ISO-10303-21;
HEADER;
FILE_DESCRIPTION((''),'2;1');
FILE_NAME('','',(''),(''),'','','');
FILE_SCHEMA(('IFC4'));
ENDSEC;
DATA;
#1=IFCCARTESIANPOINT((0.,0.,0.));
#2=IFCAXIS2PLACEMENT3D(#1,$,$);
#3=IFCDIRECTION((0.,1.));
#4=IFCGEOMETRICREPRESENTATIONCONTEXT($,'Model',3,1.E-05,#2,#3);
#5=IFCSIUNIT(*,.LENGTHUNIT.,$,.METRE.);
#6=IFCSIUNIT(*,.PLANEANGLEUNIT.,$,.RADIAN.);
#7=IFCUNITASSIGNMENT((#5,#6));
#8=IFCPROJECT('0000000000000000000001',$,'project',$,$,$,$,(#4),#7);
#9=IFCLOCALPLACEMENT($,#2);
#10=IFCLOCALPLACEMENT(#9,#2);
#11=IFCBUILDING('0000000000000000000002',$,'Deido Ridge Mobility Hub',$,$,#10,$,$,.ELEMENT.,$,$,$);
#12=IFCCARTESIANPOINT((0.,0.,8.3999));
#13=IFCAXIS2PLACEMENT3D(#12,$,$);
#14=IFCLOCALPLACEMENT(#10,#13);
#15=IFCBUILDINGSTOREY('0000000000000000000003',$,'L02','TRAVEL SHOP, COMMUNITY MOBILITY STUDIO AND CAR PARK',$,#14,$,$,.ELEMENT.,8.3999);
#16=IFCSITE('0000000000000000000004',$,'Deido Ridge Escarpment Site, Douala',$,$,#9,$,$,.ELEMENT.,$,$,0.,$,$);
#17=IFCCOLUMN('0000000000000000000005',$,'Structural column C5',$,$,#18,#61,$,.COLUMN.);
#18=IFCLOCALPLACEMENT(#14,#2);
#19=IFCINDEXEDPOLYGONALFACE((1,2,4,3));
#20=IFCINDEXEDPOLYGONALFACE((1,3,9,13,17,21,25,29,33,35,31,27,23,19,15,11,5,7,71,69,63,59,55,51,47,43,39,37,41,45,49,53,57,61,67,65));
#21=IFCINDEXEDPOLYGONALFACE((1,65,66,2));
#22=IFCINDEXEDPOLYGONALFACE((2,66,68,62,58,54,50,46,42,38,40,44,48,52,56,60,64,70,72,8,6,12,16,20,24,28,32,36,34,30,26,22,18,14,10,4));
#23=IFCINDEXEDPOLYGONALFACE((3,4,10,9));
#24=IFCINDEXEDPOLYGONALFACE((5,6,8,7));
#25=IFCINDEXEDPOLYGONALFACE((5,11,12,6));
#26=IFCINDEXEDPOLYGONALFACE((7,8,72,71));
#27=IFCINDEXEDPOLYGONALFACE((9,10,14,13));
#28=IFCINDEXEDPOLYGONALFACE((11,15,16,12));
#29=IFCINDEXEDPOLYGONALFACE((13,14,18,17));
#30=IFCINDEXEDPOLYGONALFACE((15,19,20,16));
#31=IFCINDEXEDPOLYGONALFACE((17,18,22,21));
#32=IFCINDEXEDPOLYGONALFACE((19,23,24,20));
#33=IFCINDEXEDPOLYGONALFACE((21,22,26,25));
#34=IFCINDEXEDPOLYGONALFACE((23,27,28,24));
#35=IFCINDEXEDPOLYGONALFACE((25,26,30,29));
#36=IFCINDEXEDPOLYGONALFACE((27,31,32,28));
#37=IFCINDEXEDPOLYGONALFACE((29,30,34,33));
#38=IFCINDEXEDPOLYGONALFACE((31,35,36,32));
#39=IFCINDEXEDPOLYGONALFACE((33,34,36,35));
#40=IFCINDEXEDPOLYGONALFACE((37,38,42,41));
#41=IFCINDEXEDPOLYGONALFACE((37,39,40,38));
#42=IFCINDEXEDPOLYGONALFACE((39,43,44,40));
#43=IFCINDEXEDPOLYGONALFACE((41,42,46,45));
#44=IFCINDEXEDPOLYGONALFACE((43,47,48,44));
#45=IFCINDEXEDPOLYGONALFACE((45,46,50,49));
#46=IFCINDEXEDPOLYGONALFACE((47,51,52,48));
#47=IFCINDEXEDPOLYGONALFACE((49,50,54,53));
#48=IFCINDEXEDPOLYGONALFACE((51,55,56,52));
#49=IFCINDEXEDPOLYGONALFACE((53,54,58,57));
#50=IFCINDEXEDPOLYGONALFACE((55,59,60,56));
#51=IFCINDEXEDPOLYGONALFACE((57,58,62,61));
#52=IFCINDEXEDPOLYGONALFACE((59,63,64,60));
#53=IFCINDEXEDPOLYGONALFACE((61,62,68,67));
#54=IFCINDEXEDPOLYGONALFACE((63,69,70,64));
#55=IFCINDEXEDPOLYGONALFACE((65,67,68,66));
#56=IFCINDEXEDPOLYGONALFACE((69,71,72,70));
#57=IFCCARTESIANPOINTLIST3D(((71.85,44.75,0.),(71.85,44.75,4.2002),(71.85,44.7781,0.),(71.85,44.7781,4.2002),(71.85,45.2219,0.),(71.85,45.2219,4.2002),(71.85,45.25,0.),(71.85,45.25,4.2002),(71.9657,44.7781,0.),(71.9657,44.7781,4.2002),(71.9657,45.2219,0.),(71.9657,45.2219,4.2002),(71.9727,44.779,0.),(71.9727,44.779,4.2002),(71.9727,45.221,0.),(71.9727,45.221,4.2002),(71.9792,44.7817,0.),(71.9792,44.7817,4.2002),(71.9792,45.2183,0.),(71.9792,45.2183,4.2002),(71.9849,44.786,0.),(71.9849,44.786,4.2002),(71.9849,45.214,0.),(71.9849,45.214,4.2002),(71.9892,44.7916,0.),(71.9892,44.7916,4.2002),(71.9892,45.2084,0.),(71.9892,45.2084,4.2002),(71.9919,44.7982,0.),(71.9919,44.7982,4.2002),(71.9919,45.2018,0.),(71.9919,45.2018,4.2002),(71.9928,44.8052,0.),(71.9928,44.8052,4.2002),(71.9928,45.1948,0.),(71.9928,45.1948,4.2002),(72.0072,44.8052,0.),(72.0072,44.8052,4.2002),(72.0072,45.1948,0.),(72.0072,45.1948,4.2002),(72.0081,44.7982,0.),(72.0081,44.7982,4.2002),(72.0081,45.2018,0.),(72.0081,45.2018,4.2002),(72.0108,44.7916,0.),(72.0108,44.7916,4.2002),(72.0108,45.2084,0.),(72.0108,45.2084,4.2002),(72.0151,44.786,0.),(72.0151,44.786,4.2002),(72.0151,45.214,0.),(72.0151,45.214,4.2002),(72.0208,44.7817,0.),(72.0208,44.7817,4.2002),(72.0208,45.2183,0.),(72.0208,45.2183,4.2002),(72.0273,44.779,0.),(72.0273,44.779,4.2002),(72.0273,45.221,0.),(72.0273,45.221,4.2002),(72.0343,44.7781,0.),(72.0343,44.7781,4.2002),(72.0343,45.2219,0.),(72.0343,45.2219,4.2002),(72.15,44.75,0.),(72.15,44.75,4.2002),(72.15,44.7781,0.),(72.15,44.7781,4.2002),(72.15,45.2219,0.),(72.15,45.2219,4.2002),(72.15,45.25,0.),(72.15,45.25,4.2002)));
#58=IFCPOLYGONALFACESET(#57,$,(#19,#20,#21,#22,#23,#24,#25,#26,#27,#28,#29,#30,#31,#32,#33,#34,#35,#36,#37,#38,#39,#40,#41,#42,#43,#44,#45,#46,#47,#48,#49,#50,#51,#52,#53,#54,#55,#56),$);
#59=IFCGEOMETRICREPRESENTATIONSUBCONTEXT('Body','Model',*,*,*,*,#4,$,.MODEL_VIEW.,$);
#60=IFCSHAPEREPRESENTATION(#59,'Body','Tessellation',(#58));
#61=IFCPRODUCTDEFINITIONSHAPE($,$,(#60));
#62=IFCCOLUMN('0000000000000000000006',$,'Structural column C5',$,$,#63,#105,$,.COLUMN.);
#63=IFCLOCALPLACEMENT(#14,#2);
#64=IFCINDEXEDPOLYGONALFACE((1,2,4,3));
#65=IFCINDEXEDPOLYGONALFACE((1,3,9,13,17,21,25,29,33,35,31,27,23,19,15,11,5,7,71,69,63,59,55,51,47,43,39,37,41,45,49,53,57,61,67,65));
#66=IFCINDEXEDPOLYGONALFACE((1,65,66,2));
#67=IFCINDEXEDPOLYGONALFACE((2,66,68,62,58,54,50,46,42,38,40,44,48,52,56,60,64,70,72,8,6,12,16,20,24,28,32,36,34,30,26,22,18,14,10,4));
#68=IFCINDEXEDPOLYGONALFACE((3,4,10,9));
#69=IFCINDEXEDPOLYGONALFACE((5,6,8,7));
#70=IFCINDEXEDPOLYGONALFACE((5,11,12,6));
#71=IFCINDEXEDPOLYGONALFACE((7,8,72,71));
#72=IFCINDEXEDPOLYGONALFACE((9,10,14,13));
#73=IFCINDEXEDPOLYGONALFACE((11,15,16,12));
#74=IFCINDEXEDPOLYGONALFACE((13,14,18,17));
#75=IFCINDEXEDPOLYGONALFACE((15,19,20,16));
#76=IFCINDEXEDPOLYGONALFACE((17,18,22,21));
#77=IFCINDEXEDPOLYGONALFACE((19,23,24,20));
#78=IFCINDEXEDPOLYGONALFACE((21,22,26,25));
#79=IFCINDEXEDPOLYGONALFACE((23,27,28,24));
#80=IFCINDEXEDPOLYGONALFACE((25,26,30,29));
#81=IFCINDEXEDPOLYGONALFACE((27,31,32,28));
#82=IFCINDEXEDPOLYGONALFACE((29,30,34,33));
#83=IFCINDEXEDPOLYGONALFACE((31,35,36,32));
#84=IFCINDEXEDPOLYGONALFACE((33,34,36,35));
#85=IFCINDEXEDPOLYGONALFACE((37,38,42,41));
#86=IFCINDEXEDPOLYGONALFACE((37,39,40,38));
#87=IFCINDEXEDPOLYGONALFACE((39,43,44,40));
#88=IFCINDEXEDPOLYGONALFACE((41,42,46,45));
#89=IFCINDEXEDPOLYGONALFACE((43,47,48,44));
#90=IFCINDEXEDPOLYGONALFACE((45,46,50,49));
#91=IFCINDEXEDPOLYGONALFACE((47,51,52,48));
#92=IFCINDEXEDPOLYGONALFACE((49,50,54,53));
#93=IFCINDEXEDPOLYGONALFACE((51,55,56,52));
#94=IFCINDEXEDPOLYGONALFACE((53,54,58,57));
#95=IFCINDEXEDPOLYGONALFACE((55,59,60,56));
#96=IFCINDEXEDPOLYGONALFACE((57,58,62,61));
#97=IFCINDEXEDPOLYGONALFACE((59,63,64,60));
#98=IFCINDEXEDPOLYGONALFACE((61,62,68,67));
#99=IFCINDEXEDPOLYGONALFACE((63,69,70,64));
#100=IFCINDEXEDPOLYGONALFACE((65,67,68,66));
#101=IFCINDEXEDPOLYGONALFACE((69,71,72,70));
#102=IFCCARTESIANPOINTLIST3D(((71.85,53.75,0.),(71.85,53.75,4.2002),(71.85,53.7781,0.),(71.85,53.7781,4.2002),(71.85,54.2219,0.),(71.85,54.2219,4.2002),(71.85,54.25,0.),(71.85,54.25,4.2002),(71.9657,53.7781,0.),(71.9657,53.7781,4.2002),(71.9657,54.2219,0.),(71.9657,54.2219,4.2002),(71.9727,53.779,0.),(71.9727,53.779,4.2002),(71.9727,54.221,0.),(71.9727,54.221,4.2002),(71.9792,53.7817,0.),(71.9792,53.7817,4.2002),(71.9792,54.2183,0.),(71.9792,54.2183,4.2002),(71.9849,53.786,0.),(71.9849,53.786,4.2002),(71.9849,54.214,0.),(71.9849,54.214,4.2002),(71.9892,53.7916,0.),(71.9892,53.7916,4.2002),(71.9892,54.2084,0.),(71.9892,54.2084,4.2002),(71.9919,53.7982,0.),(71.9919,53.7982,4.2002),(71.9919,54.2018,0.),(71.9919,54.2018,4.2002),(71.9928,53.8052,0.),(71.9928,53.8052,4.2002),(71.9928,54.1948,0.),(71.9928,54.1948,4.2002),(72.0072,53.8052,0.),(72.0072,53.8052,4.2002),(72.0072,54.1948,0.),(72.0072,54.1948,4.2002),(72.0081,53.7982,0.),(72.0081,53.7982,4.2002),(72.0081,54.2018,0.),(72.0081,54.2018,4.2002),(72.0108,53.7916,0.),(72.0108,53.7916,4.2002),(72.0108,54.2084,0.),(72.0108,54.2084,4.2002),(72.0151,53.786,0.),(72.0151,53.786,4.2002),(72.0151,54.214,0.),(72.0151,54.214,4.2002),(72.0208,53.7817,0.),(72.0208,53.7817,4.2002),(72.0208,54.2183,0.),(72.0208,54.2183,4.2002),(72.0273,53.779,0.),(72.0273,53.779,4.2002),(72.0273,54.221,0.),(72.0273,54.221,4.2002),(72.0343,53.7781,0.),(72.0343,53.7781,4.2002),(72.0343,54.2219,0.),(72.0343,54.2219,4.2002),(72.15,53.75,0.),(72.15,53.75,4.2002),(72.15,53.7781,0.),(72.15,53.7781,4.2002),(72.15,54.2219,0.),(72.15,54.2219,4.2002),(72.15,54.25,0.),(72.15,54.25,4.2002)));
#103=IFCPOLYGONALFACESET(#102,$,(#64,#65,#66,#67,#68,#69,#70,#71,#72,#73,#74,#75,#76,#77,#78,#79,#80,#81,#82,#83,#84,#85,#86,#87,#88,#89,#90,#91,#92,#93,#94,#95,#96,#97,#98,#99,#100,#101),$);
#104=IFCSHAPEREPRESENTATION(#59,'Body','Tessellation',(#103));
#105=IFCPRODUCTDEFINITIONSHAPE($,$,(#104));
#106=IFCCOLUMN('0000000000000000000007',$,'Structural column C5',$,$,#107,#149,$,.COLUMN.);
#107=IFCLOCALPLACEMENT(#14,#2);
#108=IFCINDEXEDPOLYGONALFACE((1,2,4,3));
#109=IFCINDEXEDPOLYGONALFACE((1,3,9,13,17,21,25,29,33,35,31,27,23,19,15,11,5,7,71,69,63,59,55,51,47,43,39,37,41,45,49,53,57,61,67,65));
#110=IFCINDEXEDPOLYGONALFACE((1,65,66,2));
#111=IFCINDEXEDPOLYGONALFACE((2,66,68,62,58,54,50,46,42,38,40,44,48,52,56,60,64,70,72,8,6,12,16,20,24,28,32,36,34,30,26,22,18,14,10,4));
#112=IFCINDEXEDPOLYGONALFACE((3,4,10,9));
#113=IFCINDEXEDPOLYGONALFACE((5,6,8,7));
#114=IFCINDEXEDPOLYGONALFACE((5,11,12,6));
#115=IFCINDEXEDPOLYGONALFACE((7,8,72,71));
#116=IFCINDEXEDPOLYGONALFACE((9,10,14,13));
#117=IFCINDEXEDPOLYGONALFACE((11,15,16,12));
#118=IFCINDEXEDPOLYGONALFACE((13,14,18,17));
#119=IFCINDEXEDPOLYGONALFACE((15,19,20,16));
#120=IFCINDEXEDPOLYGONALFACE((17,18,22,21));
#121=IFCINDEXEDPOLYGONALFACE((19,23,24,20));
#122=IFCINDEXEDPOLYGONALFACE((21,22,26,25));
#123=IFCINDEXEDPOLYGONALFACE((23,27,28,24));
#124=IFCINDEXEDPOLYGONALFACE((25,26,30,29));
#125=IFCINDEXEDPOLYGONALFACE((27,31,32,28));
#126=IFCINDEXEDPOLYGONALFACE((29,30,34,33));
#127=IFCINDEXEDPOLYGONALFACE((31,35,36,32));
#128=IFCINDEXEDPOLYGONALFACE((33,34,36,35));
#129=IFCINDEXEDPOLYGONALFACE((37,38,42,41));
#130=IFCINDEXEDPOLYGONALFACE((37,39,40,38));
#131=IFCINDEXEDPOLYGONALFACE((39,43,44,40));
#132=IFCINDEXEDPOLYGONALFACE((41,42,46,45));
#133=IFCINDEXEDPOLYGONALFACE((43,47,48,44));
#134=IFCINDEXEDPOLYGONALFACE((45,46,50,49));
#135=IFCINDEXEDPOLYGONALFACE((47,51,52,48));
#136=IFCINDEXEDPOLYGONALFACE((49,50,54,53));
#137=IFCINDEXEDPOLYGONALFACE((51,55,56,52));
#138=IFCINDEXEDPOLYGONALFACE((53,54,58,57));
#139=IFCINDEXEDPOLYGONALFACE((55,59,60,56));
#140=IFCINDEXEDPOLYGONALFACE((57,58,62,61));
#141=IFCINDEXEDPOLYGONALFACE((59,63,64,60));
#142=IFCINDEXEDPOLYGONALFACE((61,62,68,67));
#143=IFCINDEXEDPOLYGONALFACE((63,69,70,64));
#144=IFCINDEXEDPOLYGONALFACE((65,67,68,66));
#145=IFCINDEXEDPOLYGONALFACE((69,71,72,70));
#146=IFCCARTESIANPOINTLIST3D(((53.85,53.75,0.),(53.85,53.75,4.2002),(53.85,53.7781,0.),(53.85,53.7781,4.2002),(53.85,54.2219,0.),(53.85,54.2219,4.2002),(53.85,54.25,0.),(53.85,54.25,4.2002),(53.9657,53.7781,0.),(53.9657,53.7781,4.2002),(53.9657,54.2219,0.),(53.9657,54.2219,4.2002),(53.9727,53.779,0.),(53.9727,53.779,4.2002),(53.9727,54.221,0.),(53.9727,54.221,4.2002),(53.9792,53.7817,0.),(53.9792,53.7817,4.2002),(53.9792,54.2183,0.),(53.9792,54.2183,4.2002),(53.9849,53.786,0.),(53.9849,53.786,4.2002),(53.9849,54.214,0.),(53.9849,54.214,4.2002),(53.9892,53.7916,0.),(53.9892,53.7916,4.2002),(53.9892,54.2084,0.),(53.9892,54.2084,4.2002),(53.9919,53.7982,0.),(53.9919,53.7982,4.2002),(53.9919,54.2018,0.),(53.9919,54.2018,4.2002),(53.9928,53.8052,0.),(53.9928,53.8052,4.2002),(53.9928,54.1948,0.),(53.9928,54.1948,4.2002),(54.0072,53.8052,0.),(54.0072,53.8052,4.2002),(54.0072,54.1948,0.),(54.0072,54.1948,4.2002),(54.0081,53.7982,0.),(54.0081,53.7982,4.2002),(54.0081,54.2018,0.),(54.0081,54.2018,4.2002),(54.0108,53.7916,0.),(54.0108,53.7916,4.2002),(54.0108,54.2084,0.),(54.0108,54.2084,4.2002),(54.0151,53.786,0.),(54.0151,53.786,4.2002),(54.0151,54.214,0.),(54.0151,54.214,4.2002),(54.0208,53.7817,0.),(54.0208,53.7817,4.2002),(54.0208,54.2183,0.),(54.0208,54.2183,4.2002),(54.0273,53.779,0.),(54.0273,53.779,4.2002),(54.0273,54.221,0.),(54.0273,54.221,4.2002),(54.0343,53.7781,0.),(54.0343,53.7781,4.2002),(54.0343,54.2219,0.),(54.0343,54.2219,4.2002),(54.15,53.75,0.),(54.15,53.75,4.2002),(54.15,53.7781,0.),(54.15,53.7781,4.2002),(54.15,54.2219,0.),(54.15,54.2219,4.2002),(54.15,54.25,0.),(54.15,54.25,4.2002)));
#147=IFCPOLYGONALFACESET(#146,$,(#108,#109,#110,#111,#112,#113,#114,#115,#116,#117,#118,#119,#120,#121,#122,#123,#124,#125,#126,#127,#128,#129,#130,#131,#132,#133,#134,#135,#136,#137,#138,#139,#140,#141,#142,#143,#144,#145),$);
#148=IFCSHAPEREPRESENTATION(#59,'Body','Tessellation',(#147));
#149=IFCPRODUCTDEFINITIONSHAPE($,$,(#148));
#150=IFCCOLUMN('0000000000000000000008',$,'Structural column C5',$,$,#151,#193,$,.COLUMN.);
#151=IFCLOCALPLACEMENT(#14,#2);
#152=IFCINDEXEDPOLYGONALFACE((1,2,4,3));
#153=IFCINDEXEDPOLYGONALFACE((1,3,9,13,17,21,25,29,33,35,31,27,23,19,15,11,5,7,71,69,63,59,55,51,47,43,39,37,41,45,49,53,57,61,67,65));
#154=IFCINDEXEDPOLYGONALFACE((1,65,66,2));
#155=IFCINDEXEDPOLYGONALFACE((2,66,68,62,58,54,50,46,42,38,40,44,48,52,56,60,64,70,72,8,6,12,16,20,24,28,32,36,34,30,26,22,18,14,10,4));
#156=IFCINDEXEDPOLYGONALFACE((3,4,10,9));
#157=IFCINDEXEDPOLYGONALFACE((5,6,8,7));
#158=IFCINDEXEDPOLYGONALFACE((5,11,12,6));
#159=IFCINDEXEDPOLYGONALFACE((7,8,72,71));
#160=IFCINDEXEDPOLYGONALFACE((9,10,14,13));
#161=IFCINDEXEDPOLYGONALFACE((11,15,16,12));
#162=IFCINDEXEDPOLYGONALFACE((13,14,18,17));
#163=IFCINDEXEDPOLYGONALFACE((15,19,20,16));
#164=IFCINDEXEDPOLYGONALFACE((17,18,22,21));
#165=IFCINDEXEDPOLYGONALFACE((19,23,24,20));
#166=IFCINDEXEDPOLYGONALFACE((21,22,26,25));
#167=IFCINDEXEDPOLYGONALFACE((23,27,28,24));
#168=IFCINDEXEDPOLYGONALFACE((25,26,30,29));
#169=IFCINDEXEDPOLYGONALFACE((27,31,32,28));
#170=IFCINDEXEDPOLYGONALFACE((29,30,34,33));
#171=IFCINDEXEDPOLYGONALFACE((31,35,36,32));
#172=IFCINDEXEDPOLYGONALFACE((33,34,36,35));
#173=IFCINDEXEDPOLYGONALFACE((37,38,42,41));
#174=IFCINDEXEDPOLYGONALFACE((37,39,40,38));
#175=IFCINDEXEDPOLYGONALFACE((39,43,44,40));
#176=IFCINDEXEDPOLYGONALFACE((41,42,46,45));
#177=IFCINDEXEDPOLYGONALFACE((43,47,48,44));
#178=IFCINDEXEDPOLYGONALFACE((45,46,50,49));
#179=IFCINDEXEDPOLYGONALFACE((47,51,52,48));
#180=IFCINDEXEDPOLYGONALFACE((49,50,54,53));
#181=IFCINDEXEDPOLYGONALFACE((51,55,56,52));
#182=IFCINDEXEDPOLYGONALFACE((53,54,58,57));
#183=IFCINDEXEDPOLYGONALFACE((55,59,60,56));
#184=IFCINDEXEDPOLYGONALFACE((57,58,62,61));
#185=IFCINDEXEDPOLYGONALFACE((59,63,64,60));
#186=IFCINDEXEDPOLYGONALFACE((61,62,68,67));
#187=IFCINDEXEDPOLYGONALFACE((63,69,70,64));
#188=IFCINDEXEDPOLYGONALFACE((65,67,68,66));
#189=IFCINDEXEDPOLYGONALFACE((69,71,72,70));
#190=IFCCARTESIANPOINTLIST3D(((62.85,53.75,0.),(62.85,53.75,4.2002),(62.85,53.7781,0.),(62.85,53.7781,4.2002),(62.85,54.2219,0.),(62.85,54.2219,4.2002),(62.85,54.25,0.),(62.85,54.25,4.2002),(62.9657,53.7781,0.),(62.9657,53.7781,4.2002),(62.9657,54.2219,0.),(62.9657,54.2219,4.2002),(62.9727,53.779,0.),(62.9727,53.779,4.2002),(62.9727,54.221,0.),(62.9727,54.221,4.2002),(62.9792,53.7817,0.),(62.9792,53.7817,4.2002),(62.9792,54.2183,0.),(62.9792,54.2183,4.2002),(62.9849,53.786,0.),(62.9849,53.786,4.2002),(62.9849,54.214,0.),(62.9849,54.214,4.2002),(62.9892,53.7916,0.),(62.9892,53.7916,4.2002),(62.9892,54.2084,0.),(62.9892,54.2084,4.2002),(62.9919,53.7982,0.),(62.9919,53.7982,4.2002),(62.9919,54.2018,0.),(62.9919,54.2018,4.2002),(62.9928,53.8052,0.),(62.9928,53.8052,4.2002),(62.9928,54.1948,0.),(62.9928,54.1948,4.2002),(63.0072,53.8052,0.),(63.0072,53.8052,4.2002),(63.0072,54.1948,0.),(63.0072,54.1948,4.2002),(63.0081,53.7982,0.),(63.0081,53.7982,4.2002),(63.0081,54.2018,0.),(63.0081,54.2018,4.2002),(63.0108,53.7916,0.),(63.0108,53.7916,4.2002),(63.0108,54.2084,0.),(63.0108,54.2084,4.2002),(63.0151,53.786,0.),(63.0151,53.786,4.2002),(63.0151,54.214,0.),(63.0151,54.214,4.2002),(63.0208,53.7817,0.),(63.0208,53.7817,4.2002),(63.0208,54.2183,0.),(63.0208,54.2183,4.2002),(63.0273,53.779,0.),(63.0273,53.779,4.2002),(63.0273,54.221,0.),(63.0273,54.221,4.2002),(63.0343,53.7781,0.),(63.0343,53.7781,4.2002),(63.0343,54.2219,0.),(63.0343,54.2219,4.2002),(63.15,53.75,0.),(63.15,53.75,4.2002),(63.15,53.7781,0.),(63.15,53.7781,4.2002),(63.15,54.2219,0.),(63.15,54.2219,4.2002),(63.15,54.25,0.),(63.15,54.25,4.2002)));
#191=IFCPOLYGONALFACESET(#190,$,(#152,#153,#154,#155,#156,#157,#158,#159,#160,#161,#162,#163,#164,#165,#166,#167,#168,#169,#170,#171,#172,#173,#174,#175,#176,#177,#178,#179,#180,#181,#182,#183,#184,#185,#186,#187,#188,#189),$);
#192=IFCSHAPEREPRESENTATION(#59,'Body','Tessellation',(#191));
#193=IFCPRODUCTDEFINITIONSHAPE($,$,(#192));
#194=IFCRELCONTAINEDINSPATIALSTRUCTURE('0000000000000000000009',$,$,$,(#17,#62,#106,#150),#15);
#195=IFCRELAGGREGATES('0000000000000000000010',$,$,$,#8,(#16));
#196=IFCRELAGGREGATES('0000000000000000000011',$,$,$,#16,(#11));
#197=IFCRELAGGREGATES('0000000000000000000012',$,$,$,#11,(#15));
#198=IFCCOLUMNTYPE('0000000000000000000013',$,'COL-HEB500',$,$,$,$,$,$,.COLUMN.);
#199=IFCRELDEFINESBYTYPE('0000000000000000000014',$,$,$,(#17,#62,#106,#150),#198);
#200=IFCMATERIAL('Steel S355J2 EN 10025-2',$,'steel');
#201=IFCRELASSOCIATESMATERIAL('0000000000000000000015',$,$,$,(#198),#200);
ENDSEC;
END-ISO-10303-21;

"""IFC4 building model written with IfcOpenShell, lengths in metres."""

from ifc_helpers import new_model, si_unit, direction, frame, origin, origin_2d, place, context, subcontext, project, spatial, i_section, extrude, material, material_profile, profile_set, type_object, element, save


model = new_model("IFC4")

# Units and contexts
model_context = context("Model", 3, precision=1e-05, world=origin(), true_north=direction((0.0, 1.0)))
body_context = subcontext(model_context, "Body", "Model", "MODEL_VIEW")
ifc_project = project(units=[si_unit("LENGTHUNIT", "METRE"), si_unit("PLANEANGLEUNIT", "RADIAN")], contexts=[model_context])

# Site, building, storey
site_placement = place(None, origin())
site = spatial("IfcSite", under=ifc_project, at=site_placement, Name="Deido Ridge Escarpment Site, Douala", CompositionType="ELEMENT", RefElevation=0.0)
building_placement = place(site_placement, origin())
building = spatial("IfcBuilding", under=site, at=building_placement, Name="Deido Ridge Mobility Hub", CompositionType="ELEMENT")
storey_placement = place(building_placement, frame((0.0, 0.0, 8.3999)))
storey = spatial("IfcBuildingStorey", under=building, at=storey_placement, Name="L02", Description="TRAVEL SHOP, COMMUNITY MOBILITY STUDIO AND CAR PARK", CompositionType="ELEMENT", Elevation=8.3999)

# Columns
ifc_material_1 = material(Name="Steel S355J2 EN 10025-2", Category="steel")
ifc_material_profile_1 = material_profile(ifc_material_1, i_section(OverallWidth=0.3, OverallDepth=0.5, WebThickness=0.0144, FlangeThickness=0.0281, FilletRadius=0.0271, at=origin_2d()), Name="HEB 500")
ifc_profile_set_1 = profile_set([ifc_material_profile_1], Name="Steel S355J2 EN 10025-2")
column_type = type_object("IfcColumnType", Name="COL-HEB500", PredefinedType="COLUMN", material=ifc_profile_set_1)
for number, where, z_axis, x_axis, name in (
    (1, (72.0, 45.0, 0.0), (0.0, 0.0, 1.0), (1.0, 0.0, 0.0), "Structural column C5"),
    (2, (72.0, 54.0, 0.0), (0.0, 0.0, 1.0), (1.0, 0.0, 0.0), "Structural column C5"),
    (3, (54.0, 54.0, 0.0), (0.0, 0.0, 1.0), (1.0, 0.0, 0.0), "Structural column C5"),
    (4, (63.0, 54.0, 0.0), (0.0, 0.0, 1.0), (1.0, 0.0, 0.0), "Structural column C5"),
):
    element("IfcColumn", number, at=place(storey_placement, frame(where, z_axis=z_axis, x_axis=x_axis)), inside=storey, type_object=column_type, Name=name, PredefinedType="COLUMN", context=body_context, shape_type="SweptSolid", body=[
        extrude(i_section(OverallWidth=0.3, OverallDepth=0.5, WebThickness=0.0144, FlangeThickness=0.0281, FilletRadius=0.0271, at=origin_2d()), origin(), (0.0, 0.0, 1.0), 4.2002),
    ])

save(model, "model.ifc")
